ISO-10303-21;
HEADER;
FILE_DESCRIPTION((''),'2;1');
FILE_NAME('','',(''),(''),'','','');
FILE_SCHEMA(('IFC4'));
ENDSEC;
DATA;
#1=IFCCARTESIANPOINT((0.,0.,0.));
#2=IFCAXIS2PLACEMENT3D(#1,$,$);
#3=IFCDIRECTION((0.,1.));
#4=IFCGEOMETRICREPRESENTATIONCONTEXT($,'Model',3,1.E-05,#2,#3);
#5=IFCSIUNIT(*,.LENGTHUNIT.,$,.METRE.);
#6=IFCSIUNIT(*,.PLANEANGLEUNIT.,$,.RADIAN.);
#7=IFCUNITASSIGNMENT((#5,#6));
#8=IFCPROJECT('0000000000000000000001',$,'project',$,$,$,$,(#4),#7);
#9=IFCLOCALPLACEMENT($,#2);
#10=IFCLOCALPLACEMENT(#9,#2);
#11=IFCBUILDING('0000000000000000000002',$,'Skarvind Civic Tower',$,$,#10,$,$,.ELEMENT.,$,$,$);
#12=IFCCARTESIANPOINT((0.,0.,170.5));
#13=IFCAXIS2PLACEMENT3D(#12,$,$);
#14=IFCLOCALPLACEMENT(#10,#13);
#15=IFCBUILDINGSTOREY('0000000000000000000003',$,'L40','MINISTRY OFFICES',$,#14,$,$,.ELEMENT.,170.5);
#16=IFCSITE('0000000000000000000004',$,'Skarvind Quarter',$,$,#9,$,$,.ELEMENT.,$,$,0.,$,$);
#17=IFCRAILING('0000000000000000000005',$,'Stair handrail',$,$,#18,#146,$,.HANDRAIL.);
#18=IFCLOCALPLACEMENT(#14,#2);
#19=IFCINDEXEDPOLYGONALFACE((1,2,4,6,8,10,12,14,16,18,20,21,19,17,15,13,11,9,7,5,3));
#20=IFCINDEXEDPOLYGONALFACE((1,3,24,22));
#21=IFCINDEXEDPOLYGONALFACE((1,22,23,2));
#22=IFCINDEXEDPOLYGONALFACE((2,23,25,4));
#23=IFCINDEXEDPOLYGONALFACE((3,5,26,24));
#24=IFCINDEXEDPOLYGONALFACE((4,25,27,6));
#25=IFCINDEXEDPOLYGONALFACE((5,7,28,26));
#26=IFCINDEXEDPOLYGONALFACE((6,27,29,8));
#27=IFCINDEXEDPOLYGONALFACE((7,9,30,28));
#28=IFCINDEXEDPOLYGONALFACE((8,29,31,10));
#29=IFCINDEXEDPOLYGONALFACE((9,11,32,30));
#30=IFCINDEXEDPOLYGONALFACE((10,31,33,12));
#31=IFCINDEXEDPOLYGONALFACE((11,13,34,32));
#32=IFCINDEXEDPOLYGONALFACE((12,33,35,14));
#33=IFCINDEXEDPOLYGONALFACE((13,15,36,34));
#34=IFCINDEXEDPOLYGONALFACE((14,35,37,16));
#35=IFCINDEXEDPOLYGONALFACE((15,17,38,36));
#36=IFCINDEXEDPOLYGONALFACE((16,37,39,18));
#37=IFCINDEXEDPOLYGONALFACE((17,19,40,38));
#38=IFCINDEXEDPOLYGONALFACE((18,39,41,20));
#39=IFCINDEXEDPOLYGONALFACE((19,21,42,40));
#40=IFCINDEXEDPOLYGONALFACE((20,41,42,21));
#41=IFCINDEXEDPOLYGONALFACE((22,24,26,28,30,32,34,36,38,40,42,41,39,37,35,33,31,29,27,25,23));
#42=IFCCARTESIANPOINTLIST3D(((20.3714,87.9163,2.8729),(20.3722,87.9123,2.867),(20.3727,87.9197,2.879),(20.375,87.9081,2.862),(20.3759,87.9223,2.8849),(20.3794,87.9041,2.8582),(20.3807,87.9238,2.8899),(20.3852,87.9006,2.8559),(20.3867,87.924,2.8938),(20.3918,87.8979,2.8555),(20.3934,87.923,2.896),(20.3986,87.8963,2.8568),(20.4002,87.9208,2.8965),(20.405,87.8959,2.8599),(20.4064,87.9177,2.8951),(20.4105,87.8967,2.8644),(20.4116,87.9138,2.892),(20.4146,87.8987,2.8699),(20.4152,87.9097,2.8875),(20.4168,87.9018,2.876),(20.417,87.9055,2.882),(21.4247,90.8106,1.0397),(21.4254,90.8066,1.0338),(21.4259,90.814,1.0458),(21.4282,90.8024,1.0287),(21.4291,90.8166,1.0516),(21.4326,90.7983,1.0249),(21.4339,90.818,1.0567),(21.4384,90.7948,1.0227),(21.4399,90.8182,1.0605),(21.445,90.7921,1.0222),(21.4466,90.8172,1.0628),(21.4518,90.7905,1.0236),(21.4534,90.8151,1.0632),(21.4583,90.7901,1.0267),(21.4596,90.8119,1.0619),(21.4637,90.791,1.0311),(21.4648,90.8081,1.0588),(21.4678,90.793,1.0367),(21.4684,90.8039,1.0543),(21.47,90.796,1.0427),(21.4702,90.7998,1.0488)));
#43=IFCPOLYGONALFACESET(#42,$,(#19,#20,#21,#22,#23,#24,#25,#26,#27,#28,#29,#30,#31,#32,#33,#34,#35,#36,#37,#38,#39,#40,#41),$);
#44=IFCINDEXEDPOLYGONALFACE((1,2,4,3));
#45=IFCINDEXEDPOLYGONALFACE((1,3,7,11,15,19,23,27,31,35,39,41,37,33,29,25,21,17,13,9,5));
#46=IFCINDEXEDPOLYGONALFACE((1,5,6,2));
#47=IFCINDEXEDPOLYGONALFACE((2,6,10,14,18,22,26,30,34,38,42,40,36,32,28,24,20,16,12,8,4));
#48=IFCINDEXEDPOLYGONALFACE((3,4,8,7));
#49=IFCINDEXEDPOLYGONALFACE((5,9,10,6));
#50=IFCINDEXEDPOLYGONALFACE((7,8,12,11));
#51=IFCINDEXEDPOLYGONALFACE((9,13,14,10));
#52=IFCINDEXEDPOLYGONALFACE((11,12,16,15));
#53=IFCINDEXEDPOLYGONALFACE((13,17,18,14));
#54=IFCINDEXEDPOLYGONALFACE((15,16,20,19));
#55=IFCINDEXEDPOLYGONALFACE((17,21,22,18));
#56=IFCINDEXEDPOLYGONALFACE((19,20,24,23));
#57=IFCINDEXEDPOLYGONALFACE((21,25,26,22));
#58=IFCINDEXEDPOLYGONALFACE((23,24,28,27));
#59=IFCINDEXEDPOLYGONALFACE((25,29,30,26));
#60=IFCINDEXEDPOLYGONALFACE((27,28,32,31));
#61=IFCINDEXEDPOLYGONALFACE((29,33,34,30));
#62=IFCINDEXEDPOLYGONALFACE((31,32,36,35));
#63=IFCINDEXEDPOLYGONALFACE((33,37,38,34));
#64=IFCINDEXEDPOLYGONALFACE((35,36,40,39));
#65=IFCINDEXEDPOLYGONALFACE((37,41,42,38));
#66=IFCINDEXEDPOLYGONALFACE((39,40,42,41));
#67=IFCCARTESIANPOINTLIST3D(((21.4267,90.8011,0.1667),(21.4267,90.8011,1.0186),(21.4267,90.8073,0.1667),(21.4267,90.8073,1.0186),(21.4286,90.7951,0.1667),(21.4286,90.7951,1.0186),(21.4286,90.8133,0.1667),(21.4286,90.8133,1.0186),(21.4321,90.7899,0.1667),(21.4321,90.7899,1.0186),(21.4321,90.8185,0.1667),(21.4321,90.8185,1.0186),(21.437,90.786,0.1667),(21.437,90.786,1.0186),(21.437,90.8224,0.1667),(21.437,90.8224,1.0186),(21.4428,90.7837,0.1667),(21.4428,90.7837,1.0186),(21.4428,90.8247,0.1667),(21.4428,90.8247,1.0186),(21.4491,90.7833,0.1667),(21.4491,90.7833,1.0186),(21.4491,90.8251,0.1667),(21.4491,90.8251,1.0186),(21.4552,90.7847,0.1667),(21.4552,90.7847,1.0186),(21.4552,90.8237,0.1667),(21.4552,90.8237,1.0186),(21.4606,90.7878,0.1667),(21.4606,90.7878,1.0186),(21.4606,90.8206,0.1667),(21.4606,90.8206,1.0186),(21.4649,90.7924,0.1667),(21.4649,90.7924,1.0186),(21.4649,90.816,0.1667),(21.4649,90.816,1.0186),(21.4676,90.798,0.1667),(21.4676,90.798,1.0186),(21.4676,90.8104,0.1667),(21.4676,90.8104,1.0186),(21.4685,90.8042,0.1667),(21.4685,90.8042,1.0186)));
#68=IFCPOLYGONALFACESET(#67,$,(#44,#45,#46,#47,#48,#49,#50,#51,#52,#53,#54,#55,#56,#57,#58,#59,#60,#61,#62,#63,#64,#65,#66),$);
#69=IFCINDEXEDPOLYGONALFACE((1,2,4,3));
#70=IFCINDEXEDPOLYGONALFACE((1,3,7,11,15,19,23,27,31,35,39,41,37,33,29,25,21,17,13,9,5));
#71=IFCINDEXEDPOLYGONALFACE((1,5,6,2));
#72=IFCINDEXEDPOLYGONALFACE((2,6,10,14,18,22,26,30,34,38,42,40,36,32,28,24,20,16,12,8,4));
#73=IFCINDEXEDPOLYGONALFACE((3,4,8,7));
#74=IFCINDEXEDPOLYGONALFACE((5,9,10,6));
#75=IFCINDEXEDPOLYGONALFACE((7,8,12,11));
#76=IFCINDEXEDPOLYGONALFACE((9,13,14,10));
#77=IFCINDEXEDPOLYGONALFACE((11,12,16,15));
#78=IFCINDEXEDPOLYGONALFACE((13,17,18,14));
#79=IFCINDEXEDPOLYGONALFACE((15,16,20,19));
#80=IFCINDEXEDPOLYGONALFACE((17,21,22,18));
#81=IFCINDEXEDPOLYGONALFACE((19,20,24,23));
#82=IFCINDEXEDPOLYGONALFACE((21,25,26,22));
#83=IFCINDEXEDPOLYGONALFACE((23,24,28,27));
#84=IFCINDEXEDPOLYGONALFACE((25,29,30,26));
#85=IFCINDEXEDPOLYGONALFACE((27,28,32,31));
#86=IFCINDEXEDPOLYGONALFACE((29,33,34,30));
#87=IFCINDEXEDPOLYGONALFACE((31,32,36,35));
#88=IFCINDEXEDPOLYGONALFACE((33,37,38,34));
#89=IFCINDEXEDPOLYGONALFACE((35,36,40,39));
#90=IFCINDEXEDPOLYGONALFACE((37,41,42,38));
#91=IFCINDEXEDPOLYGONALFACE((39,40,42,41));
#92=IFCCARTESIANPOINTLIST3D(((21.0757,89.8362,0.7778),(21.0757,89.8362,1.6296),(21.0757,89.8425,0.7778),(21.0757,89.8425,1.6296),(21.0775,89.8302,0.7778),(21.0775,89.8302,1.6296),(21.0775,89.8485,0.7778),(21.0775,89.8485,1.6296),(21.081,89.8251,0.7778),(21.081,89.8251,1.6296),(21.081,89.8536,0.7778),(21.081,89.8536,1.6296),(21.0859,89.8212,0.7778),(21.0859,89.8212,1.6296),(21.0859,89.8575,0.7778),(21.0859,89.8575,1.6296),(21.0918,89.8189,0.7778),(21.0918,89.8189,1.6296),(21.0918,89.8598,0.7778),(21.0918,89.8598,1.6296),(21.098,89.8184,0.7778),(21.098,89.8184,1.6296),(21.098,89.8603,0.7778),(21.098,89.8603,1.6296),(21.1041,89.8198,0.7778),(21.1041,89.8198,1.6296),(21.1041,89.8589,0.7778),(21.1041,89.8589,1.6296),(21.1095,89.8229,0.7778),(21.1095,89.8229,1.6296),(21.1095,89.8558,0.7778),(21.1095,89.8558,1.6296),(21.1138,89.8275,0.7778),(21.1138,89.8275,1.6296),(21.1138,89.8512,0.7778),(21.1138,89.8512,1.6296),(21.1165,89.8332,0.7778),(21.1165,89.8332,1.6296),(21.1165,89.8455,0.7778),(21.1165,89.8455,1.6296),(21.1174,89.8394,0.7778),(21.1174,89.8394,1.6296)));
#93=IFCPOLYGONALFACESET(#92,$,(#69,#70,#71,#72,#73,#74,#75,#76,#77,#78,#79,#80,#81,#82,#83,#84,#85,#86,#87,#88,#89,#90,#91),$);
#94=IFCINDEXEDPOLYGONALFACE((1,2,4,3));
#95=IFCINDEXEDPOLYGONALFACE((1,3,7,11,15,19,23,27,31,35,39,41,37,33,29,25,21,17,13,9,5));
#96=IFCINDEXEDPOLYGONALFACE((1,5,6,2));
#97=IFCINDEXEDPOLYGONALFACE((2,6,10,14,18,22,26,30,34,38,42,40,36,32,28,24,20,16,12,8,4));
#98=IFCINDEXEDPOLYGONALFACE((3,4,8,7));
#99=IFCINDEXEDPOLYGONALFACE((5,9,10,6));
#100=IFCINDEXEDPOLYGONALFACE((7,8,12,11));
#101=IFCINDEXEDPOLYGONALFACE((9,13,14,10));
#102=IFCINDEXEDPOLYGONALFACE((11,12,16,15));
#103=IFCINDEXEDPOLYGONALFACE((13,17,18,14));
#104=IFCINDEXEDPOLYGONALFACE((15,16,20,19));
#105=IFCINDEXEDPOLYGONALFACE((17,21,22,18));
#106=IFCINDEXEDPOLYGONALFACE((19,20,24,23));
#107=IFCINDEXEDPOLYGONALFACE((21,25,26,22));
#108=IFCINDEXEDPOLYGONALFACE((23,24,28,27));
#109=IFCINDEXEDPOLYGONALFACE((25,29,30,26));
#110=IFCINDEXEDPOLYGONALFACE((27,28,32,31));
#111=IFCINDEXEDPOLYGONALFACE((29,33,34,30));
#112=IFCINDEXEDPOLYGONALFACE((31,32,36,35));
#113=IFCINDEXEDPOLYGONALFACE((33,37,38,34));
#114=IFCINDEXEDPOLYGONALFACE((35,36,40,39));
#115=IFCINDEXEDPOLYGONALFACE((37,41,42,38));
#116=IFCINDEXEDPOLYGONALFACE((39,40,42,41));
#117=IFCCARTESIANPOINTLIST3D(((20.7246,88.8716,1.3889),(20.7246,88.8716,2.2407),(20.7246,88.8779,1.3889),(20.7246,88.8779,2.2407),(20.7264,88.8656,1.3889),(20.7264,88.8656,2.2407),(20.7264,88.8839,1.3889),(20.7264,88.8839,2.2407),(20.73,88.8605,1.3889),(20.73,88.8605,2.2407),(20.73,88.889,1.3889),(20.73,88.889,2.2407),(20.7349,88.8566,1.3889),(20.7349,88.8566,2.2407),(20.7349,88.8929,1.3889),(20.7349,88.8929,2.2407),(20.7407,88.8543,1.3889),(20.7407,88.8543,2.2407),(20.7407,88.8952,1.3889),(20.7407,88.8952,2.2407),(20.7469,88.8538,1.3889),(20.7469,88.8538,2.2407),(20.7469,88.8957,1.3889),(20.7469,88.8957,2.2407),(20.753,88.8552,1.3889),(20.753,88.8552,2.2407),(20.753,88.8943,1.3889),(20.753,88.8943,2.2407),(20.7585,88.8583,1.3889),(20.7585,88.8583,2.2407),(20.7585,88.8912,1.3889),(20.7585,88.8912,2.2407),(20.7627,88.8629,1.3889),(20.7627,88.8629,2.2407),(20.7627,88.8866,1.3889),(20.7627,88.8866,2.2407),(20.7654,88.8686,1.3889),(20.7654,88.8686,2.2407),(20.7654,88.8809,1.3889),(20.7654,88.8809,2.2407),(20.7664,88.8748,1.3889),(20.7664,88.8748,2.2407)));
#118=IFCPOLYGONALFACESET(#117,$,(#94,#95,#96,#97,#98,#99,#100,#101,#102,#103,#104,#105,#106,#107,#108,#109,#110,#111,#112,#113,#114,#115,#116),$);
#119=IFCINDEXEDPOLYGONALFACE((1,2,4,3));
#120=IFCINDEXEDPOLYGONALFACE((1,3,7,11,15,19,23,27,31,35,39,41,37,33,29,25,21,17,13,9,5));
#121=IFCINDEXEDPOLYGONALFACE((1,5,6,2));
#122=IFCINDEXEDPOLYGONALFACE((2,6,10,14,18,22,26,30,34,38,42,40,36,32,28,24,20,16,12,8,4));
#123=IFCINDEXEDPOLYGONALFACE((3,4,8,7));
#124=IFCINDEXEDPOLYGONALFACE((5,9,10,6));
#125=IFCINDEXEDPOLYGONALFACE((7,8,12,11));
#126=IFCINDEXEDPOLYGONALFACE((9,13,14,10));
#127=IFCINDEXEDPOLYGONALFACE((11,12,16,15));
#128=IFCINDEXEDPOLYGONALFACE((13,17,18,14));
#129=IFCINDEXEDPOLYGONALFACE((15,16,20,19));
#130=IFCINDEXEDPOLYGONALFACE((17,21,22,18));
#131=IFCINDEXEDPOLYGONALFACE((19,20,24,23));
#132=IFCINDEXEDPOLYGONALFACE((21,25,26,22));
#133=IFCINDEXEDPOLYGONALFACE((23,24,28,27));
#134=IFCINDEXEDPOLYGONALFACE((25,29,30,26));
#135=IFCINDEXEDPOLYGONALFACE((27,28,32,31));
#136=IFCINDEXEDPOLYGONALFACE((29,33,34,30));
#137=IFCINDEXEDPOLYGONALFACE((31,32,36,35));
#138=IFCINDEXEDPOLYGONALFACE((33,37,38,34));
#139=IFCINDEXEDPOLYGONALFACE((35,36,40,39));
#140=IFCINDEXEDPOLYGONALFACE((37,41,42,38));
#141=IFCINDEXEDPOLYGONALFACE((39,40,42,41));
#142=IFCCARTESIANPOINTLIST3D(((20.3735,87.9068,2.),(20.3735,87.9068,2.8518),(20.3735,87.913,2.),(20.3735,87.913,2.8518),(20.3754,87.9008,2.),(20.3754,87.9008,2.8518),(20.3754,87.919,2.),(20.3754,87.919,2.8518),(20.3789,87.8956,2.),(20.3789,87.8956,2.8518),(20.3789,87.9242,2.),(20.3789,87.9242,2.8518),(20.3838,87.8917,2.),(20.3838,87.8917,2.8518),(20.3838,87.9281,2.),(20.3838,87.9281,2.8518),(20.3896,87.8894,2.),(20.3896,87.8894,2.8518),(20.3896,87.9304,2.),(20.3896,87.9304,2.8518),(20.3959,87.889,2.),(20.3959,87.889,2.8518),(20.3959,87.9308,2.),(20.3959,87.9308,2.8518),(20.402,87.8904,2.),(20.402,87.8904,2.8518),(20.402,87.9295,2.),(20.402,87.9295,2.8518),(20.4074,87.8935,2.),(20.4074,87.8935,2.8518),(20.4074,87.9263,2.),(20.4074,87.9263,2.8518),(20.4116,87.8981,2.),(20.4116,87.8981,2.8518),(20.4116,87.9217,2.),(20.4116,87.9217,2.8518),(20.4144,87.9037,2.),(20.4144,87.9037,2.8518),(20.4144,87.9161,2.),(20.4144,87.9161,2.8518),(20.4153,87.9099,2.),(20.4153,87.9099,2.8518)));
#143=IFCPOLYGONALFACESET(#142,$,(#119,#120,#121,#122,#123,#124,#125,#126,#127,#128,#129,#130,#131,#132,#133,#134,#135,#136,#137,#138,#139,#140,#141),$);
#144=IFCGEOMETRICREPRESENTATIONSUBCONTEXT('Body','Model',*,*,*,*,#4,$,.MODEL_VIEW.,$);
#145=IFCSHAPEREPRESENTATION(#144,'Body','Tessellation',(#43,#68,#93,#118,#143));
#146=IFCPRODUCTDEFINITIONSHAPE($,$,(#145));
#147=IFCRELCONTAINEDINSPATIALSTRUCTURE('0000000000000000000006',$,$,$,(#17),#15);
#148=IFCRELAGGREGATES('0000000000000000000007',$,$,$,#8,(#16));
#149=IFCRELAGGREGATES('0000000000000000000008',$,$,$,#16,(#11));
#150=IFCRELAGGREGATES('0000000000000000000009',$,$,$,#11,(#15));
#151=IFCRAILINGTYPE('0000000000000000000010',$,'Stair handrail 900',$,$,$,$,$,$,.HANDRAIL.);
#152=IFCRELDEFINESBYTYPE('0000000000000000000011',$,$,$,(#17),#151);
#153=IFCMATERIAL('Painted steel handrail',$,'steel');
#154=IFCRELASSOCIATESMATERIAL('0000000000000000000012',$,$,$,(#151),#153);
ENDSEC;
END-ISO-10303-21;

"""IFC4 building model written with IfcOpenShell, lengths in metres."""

from ifc_helpers import new_model, si_unit, direction, frame, origin, origin_2d, place, context, subcontext, project, spatial, circle, extrude, material, type_object, element, save


model = new_model("IFC4")

# Units and contexts
model_context = context("Model", 3, precision=1e-05, world=origin(), true_north=direction((0.0, 1.0)))
body_context = subcontext(model_context, "Body", "Model", "MODEL_VIEW")
ifc_project = project(units=[si_unit("LENGTHUNIT", "METRE"), si_unit("PLANEANGLEUNIT", "RADIAN")], contexts=[model_context])

# Site, building, storey
site_placement = place(None, origin())
site = spatial("IfcSite", under=ifc_project, at=site_placement, Name="Skarvind Quarter", CompositionType="ELEMENT", RefElevation=0.0)
building_placement = place(site_placement, origin())
building = spatial("IfcBuilding", under=site, at=building_placement, Name="Skarvind Civic Tower", CompositionType="ELEMENT")
storey_placement = place(building_placement, frame((0.0, 0.0, 170.5)))
storey = spatial("IfcBuildingStorey", under=building, at=storey_placement, Name="L40", Description="MINISTRY OFFICES", CompositionType="ELEMENT", Elevation=170.5)

# Railing
ifc_material_1 = material(Name="Painted steel handrail", Category="steel")
railing_type = type_object("IfcRailingType", Name="Stair handrail 900", PredefinedType="HANDRAIL", material=ifc_material_1)
railing_1_placement = place(storey_placement, frame((21.4475, 90.8042, 0.1667)))
element("IfcRailing", 1, at=railing_1_placement, inside=storey, type_object=railing_type, Name="Stair handrail", PredefinedType="HANDRAIL", context=body_context, shape_type="SweptSolid", body=[
    extrude(circle(Radius=0.0239, at=origin_2d()), frame((0.0, 0.0, 0.876), z_axis=(-0.293846, -0.807497, 0.511472), x_axis=(0.939715, -0.341959, 0.0)), (0.0, 0.0, 1.0), 3.5842),
    extrude(circle(Radius=0.021, at=origin_2d()), origin(), (0.0, 0.0, 1.0), 0.8518),
    extrude(circle(Radius=0.021, at=origin_2d()), frame((-0.3511, -0.9648, 0.6111)), (0.0, 0.0, 1.0), 0.8518),
    extrude(circle(Radius=0.021, at=origin_2d()), frame((-0.7021, -1.9294, 1.2222)), (0.0, 0.0, 1.0), 0.8518),
    extrude(circle(Radius=0.021, at=origin_2d()), frame((-1.0532, -2.8943, 1.8333)), (0.0, 0.0, 1.0), 0.8518),
])

save(model, "model.ifc")
